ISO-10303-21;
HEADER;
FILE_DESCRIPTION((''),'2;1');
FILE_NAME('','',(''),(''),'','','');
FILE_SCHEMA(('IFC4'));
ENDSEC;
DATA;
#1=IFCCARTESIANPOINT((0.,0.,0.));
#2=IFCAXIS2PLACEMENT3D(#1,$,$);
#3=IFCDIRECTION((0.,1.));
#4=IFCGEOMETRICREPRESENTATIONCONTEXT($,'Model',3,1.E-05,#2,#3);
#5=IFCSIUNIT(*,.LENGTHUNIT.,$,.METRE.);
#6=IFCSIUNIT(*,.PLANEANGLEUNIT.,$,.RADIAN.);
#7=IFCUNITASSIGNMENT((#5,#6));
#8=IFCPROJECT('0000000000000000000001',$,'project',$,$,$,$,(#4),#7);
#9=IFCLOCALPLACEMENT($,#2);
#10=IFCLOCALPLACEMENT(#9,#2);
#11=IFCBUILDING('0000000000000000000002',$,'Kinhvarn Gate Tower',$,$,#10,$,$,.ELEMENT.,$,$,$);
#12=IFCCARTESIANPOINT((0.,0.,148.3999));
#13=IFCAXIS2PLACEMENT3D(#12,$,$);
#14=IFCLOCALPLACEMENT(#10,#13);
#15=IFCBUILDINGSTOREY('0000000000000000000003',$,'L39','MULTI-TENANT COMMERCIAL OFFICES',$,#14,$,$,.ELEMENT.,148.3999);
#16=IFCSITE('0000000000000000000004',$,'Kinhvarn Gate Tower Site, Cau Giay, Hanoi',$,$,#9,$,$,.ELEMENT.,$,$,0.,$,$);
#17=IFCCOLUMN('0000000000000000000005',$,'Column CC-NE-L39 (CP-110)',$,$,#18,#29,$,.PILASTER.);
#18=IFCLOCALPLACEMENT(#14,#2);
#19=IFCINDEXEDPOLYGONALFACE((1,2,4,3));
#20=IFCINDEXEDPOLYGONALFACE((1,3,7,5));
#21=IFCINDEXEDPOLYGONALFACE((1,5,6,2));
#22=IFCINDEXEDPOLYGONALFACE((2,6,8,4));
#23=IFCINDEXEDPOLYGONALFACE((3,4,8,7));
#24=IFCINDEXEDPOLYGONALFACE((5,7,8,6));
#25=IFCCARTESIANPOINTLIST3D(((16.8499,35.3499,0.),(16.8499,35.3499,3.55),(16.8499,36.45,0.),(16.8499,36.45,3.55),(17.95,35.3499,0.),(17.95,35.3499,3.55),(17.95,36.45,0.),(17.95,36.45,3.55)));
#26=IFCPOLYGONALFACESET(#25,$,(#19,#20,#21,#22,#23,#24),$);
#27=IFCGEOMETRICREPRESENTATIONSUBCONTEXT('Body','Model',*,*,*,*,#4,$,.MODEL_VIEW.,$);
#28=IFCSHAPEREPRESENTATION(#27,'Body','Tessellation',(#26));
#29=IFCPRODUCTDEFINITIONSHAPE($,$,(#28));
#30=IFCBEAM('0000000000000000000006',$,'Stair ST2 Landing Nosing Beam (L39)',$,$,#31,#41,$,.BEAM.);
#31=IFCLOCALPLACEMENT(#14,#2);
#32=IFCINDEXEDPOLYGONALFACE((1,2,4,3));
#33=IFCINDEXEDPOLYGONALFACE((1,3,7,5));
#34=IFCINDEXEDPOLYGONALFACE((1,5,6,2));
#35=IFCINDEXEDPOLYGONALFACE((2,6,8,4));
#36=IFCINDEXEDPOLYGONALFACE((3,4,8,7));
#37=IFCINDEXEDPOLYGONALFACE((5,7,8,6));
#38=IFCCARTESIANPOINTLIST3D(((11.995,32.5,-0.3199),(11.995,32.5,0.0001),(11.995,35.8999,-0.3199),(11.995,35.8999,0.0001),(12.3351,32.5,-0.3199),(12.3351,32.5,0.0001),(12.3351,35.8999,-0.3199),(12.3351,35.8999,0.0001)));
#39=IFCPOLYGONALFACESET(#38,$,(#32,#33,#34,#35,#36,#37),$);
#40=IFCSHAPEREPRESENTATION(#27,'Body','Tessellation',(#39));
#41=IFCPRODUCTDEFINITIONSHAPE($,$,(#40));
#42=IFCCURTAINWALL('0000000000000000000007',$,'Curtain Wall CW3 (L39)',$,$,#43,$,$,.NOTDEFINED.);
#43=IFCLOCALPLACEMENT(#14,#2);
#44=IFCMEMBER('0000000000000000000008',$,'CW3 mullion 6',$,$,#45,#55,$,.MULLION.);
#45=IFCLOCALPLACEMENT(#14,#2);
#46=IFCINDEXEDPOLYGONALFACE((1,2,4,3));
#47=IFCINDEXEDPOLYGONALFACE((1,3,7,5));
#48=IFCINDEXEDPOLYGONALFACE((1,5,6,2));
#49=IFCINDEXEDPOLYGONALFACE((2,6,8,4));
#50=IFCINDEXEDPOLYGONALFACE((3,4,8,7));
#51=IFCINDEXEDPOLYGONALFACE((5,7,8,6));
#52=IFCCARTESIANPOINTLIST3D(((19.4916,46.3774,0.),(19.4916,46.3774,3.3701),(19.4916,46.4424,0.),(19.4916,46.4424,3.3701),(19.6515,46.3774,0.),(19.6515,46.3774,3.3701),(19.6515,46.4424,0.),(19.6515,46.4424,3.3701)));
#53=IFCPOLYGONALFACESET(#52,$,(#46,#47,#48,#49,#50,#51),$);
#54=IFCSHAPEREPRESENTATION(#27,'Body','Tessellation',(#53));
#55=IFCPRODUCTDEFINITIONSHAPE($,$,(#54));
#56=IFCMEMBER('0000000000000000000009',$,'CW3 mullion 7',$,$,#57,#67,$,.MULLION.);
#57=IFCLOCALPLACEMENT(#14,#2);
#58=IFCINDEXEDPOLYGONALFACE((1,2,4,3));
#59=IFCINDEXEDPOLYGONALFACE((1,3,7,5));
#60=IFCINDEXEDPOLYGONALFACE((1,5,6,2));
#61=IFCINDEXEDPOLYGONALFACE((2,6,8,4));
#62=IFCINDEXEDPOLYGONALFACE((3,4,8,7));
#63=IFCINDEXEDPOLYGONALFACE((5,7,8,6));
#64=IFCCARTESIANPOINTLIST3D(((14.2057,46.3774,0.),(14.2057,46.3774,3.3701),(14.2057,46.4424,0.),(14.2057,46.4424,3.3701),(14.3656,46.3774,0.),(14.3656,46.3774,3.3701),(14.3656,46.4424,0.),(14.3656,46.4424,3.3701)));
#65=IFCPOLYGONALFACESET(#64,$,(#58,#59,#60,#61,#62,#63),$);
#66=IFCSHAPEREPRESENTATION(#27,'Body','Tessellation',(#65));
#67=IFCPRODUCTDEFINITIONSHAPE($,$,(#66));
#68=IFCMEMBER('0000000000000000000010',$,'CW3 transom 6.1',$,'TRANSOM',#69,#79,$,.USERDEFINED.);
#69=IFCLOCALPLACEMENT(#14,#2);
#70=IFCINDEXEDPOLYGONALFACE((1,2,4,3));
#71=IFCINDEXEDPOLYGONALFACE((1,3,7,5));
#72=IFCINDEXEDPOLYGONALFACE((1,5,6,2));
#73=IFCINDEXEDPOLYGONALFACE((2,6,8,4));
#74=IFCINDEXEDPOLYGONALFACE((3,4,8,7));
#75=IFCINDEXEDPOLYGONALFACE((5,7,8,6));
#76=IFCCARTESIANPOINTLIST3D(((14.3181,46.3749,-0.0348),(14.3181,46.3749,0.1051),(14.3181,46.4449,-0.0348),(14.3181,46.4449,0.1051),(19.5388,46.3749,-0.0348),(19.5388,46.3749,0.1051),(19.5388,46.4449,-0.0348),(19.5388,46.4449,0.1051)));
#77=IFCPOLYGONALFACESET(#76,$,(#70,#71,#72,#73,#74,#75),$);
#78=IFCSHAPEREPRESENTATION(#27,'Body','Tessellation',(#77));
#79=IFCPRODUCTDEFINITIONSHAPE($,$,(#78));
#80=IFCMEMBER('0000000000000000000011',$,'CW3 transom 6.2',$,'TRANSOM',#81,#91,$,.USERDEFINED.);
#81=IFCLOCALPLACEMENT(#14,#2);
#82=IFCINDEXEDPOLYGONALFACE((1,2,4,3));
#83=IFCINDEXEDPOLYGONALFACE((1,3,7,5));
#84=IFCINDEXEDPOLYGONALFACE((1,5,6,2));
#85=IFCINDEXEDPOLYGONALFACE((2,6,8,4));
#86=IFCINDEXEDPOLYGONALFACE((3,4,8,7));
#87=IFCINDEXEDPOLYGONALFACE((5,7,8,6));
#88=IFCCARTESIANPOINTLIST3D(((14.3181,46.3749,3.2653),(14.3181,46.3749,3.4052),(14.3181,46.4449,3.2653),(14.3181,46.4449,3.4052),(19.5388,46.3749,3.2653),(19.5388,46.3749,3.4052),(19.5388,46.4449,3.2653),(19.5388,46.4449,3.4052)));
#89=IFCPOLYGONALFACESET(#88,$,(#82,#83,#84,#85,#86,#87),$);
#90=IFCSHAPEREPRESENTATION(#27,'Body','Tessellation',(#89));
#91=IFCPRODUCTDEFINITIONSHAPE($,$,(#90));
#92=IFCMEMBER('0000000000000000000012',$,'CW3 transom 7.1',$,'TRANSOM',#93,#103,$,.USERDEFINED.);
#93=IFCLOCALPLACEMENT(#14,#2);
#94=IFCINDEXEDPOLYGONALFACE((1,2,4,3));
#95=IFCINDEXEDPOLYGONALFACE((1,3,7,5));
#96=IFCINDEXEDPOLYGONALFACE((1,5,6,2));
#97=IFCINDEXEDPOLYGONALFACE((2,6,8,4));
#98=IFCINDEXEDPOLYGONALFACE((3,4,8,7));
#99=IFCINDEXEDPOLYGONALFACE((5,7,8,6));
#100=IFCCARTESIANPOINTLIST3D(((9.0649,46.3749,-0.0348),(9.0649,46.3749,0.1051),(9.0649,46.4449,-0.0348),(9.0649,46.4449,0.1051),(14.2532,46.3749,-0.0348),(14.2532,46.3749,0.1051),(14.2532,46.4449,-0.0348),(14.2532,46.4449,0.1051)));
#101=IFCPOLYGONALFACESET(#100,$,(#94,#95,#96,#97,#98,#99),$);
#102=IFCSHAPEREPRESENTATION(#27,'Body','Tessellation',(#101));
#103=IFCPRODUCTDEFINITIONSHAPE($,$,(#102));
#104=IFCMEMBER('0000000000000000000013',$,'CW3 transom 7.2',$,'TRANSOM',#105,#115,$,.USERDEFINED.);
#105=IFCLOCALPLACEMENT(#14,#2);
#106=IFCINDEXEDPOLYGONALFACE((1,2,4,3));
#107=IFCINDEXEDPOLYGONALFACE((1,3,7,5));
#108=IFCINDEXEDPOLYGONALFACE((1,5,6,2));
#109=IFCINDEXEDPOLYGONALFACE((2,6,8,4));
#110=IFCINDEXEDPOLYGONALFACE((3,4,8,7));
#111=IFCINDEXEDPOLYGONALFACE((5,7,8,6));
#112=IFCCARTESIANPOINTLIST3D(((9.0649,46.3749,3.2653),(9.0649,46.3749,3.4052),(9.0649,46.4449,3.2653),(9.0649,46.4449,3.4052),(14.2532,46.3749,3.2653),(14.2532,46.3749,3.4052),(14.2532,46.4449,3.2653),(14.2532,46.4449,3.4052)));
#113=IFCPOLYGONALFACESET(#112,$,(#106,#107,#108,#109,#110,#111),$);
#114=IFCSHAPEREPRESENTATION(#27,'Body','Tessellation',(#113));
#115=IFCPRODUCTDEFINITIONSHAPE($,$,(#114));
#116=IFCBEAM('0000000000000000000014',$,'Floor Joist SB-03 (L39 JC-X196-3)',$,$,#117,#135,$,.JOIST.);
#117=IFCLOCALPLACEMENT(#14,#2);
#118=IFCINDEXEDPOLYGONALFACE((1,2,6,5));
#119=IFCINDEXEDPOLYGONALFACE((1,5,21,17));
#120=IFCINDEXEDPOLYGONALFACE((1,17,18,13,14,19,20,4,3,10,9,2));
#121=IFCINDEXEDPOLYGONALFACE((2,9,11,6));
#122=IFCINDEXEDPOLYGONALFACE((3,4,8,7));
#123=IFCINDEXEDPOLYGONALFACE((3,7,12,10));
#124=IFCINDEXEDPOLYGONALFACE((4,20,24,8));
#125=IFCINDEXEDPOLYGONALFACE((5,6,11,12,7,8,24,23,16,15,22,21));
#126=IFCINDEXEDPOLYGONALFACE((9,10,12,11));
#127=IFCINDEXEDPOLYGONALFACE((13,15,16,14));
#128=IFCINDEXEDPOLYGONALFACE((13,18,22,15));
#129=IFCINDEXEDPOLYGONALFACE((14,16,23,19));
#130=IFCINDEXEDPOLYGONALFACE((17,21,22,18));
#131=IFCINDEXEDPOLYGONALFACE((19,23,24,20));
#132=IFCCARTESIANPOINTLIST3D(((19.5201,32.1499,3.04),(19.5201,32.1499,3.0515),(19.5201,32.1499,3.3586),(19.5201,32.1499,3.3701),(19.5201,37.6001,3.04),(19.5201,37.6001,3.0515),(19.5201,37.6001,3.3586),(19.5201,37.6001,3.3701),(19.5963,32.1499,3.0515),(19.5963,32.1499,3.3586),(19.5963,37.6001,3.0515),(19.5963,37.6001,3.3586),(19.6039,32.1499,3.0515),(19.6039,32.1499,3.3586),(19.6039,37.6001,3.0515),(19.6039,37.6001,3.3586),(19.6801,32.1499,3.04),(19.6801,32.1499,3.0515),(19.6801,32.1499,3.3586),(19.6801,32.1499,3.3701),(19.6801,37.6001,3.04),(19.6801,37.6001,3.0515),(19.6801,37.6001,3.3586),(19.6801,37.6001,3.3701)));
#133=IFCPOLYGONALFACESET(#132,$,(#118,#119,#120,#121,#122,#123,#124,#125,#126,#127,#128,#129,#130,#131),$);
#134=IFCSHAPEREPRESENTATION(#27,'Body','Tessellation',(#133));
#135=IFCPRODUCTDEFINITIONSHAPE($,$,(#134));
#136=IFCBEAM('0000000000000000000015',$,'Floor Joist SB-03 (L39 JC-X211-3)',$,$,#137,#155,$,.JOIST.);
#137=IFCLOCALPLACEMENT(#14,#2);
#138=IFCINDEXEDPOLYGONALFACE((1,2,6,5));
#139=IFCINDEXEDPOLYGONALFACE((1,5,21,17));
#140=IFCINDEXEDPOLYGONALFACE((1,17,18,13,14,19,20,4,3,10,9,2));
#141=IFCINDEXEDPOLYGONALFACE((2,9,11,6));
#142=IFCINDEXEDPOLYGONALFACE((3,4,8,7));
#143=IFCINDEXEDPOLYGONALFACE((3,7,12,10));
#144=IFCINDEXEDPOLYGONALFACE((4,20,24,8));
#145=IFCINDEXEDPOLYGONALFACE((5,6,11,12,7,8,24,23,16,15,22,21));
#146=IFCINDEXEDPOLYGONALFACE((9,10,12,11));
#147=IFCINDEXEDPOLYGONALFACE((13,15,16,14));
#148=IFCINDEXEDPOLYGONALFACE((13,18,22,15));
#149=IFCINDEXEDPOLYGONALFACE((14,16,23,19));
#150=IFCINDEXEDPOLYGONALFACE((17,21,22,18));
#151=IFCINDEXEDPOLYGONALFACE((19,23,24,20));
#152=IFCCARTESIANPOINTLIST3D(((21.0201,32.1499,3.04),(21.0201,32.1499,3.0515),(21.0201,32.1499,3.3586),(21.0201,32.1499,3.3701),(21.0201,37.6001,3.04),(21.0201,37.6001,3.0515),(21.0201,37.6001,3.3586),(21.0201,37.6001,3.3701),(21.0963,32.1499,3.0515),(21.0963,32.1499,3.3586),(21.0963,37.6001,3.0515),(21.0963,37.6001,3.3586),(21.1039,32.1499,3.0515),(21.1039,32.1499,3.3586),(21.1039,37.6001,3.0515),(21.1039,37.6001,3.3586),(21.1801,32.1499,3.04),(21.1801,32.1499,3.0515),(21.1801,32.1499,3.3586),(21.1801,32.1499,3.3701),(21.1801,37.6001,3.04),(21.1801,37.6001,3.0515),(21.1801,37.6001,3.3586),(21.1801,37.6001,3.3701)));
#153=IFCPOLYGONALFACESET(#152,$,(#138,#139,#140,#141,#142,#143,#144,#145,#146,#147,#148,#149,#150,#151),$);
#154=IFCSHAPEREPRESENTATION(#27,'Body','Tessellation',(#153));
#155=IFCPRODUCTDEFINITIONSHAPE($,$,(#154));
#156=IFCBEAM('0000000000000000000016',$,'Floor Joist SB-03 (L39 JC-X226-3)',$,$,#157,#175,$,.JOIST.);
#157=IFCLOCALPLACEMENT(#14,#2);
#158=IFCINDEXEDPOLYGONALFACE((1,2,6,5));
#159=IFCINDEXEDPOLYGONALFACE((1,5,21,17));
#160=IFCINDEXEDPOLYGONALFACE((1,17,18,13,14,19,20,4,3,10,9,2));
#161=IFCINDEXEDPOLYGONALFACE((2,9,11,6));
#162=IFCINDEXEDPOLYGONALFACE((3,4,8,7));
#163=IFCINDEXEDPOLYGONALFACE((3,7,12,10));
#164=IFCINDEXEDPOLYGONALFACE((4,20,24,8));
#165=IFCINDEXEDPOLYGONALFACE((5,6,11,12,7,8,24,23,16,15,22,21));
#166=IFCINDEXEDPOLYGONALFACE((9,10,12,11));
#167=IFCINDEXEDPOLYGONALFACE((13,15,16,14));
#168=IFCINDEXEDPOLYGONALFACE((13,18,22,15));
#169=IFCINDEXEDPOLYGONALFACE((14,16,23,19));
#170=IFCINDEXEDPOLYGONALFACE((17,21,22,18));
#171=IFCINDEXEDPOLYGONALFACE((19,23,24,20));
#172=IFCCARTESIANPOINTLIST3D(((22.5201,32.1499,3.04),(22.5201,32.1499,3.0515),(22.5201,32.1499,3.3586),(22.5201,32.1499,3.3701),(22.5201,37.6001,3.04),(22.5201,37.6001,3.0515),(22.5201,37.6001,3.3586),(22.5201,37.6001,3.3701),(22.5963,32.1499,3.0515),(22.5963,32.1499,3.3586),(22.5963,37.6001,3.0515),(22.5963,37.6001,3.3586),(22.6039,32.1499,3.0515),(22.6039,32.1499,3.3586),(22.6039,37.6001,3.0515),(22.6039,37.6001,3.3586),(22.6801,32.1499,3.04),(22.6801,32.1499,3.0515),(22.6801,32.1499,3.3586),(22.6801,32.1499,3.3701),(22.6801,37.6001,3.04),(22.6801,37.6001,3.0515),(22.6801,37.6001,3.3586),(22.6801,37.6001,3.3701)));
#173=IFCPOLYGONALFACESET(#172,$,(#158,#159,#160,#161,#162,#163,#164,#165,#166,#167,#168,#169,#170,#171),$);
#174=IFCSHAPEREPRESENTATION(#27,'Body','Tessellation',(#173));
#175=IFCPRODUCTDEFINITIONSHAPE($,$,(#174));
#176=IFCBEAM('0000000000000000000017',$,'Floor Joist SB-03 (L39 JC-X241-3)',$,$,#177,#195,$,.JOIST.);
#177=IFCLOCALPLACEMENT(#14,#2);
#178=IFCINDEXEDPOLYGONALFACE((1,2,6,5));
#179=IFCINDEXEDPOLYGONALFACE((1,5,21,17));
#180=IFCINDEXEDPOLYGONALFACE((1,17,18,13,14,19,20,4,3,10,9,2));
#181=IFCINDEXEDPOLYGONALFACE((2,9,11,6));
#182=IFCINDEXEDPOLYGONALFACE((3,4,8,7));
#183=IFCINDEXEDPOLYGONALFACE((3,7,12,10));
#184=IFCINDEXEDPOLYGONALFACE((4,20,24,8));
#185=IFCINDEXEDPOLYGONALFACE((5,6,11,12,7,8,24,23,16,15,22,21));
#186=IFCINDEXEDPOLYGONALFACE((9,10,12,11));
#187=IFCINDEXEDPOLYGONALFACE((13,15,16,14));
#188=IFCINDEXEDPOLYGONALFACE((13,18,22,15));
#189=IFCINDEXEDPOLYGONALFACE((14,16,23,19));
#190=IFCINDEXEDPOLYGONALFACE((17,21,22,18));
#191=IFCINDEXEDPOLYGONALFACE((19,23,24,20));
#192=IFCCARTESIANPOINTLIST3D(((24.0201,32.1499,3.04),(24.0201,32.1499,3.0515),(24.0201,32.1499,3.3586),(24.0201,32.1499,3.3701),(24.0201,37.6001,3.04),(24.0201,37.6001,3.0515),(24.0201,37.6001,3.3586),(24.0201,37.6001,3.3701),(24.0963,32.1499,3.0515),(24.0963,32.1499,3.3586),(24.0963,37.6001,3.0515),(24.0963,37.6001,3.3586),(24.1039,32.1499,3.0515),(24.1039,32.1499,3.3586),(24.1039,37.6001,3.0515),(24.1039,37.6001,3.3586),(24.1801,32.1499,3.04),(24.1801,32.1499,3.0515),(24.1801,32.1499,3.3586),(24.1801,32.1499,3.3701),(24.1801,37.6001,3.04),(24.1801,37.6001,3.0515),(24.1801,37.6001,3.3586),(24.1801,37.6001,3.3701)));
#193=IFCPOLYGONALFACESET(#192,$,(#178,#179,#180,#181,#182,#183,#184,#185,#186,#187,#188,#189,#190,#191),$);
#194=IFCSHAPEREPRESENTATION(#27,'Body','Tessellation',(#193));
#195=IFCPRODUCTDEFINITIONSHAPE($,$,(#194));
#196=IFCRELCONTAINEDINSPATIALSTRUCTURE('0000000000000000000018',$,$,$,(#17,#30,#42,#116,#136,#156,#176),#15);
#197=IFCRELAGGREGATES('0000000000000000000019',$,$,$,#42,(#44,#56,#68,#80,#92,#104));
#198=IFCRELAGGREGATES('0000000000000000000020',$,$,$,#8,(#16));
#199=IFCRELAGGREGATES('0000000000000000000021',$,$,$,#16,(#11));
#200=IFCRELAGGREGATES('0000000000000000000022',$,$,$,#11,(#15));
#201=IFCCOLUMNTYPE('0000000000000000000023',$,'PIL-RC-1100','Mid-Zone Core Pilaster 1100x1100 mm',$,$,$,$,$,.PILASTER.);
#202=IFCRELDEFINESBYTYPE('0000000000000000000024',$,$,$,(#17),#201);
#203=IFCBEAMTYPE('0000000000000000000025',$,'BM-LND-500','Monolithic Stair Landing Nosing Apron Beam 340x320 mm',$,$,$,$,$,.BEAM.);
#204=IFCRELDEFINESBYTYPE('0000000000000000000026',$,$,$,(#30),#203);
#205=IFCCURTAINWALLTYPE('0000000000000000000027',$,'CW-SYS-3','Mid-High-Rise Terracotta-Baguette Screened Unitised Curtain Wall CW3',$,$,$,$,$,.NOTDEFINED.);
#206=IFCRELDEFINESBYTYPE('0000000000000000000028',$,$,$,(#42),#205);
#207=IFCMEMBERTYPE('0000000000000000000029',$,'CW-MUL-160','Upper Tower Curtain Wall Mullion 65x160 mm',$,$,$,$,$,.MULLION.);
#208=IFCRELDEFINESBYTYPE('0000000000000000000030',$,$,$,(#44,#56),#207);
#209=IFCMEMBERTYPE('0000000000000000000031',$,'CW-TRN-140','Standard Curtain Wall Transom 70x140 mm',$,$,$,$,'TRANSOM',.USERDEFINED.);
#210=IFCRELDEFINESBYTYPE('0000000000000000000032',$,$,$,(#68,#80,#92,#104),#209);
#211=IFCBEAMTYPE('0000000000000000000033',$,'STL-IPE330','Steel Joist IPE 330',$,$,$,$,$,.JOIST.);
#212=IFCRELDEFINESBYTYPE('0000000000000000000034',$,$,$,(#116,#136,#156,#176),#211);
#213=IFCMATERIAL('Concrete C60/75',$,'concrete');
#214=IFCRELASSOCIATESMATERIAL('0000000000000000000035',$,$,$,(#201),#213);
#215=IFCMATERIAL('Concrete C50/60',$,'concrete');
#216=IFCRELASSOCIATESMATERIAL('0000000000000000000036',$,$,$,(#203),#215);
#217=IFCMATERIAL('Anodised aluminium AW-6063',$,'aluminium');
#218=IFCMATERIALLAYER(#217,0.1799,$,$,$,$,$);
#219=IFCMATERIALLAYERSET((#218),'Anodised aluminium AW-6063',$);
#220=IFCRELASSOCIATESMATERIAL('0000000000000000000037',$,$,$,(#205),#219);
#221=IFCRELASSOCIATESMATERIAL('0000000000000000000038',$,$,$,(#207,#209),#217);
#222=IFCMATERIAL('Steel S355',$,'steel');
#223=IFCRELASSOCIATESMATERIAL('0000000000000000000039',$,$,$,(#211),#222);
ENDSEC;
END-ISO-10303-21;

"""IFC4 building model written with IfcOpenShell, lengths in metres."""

from ifc_helpers import new_model, si_unit, direction, frame, origin, origin_2d, place, context, subcontext, project, spatial, rectangle, i_section, extrude, material, layer, layer_set, material_profile, profile_set, type_object, element, aggregate, save


model = new_model("IFC4")

# Units and contexts
model_context = context("Model", 3, precision=1e-05, world=origin(), true_north=direction((0.0, 1.0)))
body_context = subcontext(model_context, "Body", "Model", "MODEL_VIEW")
ifc_project = project(units=[si_unit("LENGTHUNIT", "METRE"), si_unit("PLANEANGLEUNIT", "RADIAN")], contexts=[model_context])

# Site, building, storey
site_placement = place(None, origin())
site = spatial("IfcSite", under=ifc_project, at=site_placement, Name="Kinhvarn Gate Tower Site, Cau Giay, Hanoi", CompositionType="ELEMENT", RefElevation=0.0)
building_placement = place(site_placement, origin())
building = spatial("IfcBuilding", under=site, at=building_placement, Name="Kinhvarn Gate Tower", CompositionType="ELEMENT")
storey_placement = place(building_placement, frame((0.0, 0.0, 148.3999)))
storey = spatial("IfcBuildingStorey", under=building, at=storey_placement, Name="L39", Description="MULTI-TENANT COMMERCIAL OFFICES", CompositionType="ELEMENT", Elevation=148.3999)

# Column
ifc_material_1 = material(Name="Concrete C60/75", Category="concrete")
ifc_material_profile_1 = material_profile(ifc_material_1, rectangle(XDim=1.1001, YDim=1.1001, at=origin_2d()), Name="RC 1100x1100")
ifc_profile_set_1 = profile_set([ifc_material_profile_1], Name="Concrete C60/75")
column_type = type_object("IfcColumnType", Name="PIL-RC-1100", Description="Mid-Zone Core Pilaster 1100x1100 mm", PredefinedType="PILASTER", material=ifc_profile_set_1)
column_placement = place(storey_placement, frame((17.3999, 35.8999, 0.0), z_axis=(0.0, 0.0, 1.0), x_axis=(1.0, 0.0, 0.0)))
element("IfcColumn", 1, at=column_placement, inside=storey, type_object=column_type, Name="Column CC-NE-L39 (CP-110)", PredefinedType="PILASTER", context=body_context, shape_type="SweptSolid", body=[
    extrude(rectangle(XDim=1.1001, YDim=1.1001, at=origin_2d()), origin(), (0.0, 0.0, 1.0), 3.55),
])

# Beam
ifc_material_2 = material(Name="Concrete C50/60", Category="concrete")
ifc_material_profile_2 = material_profile(ifc_material_2, rectangle(XDim=0.3401, YDim=0.3201, at=origin_2d()), Name="RC 340x320")
ifc_profile_set_2 = profile_set([ifc_material_profile_2], Name="Concrete C50/60")
beam_type_1 = type_object("IfcBeamType", Name="BM-LND-500", Description="Monolithic Stair Landing Nosing Apron Beam 340x320 mm", PredefinedType="BEAM", material=ifc_profile_set_2)
beam_placement = place(storey_placement, frame((12.165, 32.5, -0.1599), z_axis=(0.0, 1.0, 0.0), x_axis=(-1.0, 0.0, 0.0)))
element("IfcBeam", 2, at=beam_placement, inside=storey, type_object=beam_type_1, Name="Stair ST2 Landing Nosing Beam (L39)", PredefinedType="BEAM", context=body_context, shape_type="SweptSolid", body=[
    extrude(rectangle(XDim=0.3401, YDim=0.3201, at=origin_2d()), origin(), (0.0, 0.0, 1.0), 3.3999),
])

# Curtain wall, members
ifc_material_3 = material(Name="Anodised aluminium AW-6063", Category="aluminium")
ifc_layer_1 = layer(ifc_material_3, 0.1799)
ifc_layer_set_1 = layer_set([ifc_layer_1], Name="Anodised aluminium AW-6063")
curtain_wall_type = type_object("IfcCurtainWallType", Name="CW-SYS-3", Description="Mid-High-Rise Terracotta-Baguette Screened Unitised Curtain Wall CW3", PredefinedType="NOTDEFINED", material=ifc_layer_set_1)
curtain_wall_placement = place(storey_placement, origin())
curtain_wall = element("IfcCurtainWall", 3, at=curtain_wall_placement, inside=storey, type_object=curtain_wall_type, Name="Curtain Wall CW3 (L39)", PredefinedType="NOTDEFINED")
ifc_material_profile_3 = material_profile(ifc_material_3, rectangle(XDim=0.0649, YDim=0.1599, at=origin_2d()), Name="ALU 65x160")
ifc_profile_set_3 = profile_set([ifc_material_profile_3], Name="Anodised aluminium AW-6063")
member_type_1 = type_object("IfcMemberType", Name="CW-MUL-160", Description="Upper Tower Curtain Wall Mullion 65x160 mm", PredefinedType="MULLION", material=ifc_profile_set_3)
member_1_placement = place(storey_placement, frame((19.5715, 46.4099, 0.0), z_axis=(0.0, 0.0, 1.0), x_axis=(0.0, -1.0, 0.0)))
member_1 = element("IfcMember", 4, at=member_1_placement, type_object=member_type_1, Name="CW3 mullion 6", PredefinedType="MULLION", context=body_context, shape_type="SweptSolid", body=[
    extrude(rectangle(XDim=0.0649, YDim=0.1599, at=origin_2d()), origin(), (0.0, 0.0, 1.0), 3.3701),
])
member_2_placement = place(storey_placement, frame((14.2856, 46.4099, 0.0), z_axis=(0.0, 0.0, 1.0), x_axis=(0.0, -1.0, 0.0)))
member_2 = element("IfcMember", 5, at=member_2_placement, type_object=member_type_1, Name="CW3 mullion 7", PredefinedType="MULLION", context=body_context, shape_type="SweptSolid", body=[
    extrude(rectangle(XDim=0.0649, YDim=0.1599, at=origin_2d()), origin(), (0.0, 0.0, 1.0), 3.3701),
])
ifc_material_profile_4 = material_profile(ifc_material_3, rectangle(XDim=0.0701, YDim=0.1399, at=origin_2d()), Name="ALU 70x140")
ifc_profile_set_4 = profile_set([ifc_material_profile_4], Name="Anodised aluminium AW-6063")
member_type_2 = type_object("IfcMemberType", Name="CW-TRN-140", Description="Standard Curtain Wall Transom 70x140 mm", ElementType="TRANSOM", PredefinedType="USERDEFINED", material=ifc_profile_set_4)
member_3_placement = place(storey_placement, frame((19.5388, 46.4099, 0.0352), z_axis=(-1.0, 0.0, 0.0), x_axis=(0.0, -1.0, 0.0)))
member_3 = element("IfcMember", 6, at=member_3_placement, type_object=member_type_2, Name="CW3 transom 6.1", ObjectType="TRANSOM", PredefinedType="USERDEFINED", context=body_context, shape_type="SweptSolid", body=[
    extrude(rectangle(XDim=0.0701, YDim=0.1399, at=origin_2d()), origin(), (0.0, 0.0, 1.0), 5.2207),
])
member_4_placement = place(storey_placement, frame((19.5388, 46.4099, 3.3352), z_axis=(-1.0, 0.0, 0.0), x_axis=(0.0, -1.0, 0.0)))
member_4 = element("IfcMember", 7, at=member_4_placement, type_object=member_type_2, Name="CW3 transom 6.2", ObjectType="TRANSOM", PredefinedType="USERDEFINED", context=body_context, shape_type="SweptSolid", body=[
    extrude(rectangle(XDim=0.0701, YDim=0.1399, at=origin_2d()), origin(), (0.0, 0.0, 1.0), 5.2207),
])
member_5_placement = place(storey_placement, frame((14.2532, 46.4099, 0.0352), z_axis=(-1.0, 0.0, 0.0), x_axis=(0.0, -1.0, 0.0)))
member_5 = element("IfcMember", 8, at=member_5_placement, type_object=member_type_2, Name="CW3 transom 7.1", ObjectType="TRANSOM", PredefinedType="USERDEFINED", context=body_context, shape_type="SweptSolid", body=[
    extrude(rectangle(XDim=0.0701, YDim=0.1399, at=origin_2d()), origin(), (0.0, 0.0, 1.0), 5.1882),
])
member_6_placement = place(storey_placement, frame((14.2532, 46.4099, 3.3352), z_axis=(-1.0, 0.0, 0.0), x_axis=(0.0, -1.0, 0.0)))
member_6 = element("IfcMember", 9, at=member_6_placement, type_object=member_type_2, Name="CW3 transom 7.2", ObjectType="TRANSOM", PredefinedType="USERDEFINED", context=body_context, shape_type="SweptSolid", body=[
    extrude(rectangle(XDim=0.0701, YDim=0.1399, at=origin_2d()), origin(), (0.0, 0.0, 1.0), 5.1882),
])

# Beams
ifc_material_4 = material(Name="Steel S355", Category="steel")
ifc_material_profile_5 = material_profile(ifc_material_4, i_section(OverallWidth=0.1599, OverallDepth=0.3301, WebThickness=0.0076, FlangeThickness=0.0115, at=origin_2d()), Name="IPE 330")
ifc_profile_set_5 = profile_set([ifc_material_profile_5], Name="Steel S355")
beam_type_2 = type_object("IfcBeamType", Name="STL-IPE330", Description="Steel Joist IPE 330", PredefinedType="JOIST", material=ifc_profile_set_5)
for number, where, z_axis, x_axis, name in (
    (10, (19.6001, 32.1499, 3.2051), (0.0, 1.0, 0.0), (-1.0, 0.0, 0.0), "Floor Joist SB-03 (L39 JC-X196-3)"),
    (11, (21.1001, 32.1499, 3.2051), (0.0, 1.0, 0.0), (-1.0, 0.0, 0.0), "Floor Joist SB-03 (L39 JC-X211-3)"),
    (12, (22.6001, 32.1499, 3.2051), (0.0, 1.0, 0.0), (-1.0, 0.0, 0.0), "Floor Joist SB-03 (L39 JC-X226-3)"),
    (13, (24.1001, 32.1499, 3.2051), (0.0, 1.0, 0.0), (-1.0, 0.0, 0.0), "Floor Joist SB-03 (L39 JC-X241-3)"),
):
    element("IfcBeam", number, at=place(storey_placement, frame(where, z_axis=z_axis, x_axis=x_axis)), inside=storey, type_object=beam_type_2, Name=name, PredefinedType="JOIST", context=body_context, shape_type="SweptSolid", body=[
        extrude(i_section(OverallWidth=0.1599, OverallDepth=0.3301, WebThickness=0.0076, FlangeThickness=0.0115, at=origin_2d()), origin(), (0.0, 0.0, 1.0), 5.4502),
    ])

aggregate(curtain_wall, [member_1, member_2, member_3, member_4, member_5, member_6])

save(model, "model.ifc")
